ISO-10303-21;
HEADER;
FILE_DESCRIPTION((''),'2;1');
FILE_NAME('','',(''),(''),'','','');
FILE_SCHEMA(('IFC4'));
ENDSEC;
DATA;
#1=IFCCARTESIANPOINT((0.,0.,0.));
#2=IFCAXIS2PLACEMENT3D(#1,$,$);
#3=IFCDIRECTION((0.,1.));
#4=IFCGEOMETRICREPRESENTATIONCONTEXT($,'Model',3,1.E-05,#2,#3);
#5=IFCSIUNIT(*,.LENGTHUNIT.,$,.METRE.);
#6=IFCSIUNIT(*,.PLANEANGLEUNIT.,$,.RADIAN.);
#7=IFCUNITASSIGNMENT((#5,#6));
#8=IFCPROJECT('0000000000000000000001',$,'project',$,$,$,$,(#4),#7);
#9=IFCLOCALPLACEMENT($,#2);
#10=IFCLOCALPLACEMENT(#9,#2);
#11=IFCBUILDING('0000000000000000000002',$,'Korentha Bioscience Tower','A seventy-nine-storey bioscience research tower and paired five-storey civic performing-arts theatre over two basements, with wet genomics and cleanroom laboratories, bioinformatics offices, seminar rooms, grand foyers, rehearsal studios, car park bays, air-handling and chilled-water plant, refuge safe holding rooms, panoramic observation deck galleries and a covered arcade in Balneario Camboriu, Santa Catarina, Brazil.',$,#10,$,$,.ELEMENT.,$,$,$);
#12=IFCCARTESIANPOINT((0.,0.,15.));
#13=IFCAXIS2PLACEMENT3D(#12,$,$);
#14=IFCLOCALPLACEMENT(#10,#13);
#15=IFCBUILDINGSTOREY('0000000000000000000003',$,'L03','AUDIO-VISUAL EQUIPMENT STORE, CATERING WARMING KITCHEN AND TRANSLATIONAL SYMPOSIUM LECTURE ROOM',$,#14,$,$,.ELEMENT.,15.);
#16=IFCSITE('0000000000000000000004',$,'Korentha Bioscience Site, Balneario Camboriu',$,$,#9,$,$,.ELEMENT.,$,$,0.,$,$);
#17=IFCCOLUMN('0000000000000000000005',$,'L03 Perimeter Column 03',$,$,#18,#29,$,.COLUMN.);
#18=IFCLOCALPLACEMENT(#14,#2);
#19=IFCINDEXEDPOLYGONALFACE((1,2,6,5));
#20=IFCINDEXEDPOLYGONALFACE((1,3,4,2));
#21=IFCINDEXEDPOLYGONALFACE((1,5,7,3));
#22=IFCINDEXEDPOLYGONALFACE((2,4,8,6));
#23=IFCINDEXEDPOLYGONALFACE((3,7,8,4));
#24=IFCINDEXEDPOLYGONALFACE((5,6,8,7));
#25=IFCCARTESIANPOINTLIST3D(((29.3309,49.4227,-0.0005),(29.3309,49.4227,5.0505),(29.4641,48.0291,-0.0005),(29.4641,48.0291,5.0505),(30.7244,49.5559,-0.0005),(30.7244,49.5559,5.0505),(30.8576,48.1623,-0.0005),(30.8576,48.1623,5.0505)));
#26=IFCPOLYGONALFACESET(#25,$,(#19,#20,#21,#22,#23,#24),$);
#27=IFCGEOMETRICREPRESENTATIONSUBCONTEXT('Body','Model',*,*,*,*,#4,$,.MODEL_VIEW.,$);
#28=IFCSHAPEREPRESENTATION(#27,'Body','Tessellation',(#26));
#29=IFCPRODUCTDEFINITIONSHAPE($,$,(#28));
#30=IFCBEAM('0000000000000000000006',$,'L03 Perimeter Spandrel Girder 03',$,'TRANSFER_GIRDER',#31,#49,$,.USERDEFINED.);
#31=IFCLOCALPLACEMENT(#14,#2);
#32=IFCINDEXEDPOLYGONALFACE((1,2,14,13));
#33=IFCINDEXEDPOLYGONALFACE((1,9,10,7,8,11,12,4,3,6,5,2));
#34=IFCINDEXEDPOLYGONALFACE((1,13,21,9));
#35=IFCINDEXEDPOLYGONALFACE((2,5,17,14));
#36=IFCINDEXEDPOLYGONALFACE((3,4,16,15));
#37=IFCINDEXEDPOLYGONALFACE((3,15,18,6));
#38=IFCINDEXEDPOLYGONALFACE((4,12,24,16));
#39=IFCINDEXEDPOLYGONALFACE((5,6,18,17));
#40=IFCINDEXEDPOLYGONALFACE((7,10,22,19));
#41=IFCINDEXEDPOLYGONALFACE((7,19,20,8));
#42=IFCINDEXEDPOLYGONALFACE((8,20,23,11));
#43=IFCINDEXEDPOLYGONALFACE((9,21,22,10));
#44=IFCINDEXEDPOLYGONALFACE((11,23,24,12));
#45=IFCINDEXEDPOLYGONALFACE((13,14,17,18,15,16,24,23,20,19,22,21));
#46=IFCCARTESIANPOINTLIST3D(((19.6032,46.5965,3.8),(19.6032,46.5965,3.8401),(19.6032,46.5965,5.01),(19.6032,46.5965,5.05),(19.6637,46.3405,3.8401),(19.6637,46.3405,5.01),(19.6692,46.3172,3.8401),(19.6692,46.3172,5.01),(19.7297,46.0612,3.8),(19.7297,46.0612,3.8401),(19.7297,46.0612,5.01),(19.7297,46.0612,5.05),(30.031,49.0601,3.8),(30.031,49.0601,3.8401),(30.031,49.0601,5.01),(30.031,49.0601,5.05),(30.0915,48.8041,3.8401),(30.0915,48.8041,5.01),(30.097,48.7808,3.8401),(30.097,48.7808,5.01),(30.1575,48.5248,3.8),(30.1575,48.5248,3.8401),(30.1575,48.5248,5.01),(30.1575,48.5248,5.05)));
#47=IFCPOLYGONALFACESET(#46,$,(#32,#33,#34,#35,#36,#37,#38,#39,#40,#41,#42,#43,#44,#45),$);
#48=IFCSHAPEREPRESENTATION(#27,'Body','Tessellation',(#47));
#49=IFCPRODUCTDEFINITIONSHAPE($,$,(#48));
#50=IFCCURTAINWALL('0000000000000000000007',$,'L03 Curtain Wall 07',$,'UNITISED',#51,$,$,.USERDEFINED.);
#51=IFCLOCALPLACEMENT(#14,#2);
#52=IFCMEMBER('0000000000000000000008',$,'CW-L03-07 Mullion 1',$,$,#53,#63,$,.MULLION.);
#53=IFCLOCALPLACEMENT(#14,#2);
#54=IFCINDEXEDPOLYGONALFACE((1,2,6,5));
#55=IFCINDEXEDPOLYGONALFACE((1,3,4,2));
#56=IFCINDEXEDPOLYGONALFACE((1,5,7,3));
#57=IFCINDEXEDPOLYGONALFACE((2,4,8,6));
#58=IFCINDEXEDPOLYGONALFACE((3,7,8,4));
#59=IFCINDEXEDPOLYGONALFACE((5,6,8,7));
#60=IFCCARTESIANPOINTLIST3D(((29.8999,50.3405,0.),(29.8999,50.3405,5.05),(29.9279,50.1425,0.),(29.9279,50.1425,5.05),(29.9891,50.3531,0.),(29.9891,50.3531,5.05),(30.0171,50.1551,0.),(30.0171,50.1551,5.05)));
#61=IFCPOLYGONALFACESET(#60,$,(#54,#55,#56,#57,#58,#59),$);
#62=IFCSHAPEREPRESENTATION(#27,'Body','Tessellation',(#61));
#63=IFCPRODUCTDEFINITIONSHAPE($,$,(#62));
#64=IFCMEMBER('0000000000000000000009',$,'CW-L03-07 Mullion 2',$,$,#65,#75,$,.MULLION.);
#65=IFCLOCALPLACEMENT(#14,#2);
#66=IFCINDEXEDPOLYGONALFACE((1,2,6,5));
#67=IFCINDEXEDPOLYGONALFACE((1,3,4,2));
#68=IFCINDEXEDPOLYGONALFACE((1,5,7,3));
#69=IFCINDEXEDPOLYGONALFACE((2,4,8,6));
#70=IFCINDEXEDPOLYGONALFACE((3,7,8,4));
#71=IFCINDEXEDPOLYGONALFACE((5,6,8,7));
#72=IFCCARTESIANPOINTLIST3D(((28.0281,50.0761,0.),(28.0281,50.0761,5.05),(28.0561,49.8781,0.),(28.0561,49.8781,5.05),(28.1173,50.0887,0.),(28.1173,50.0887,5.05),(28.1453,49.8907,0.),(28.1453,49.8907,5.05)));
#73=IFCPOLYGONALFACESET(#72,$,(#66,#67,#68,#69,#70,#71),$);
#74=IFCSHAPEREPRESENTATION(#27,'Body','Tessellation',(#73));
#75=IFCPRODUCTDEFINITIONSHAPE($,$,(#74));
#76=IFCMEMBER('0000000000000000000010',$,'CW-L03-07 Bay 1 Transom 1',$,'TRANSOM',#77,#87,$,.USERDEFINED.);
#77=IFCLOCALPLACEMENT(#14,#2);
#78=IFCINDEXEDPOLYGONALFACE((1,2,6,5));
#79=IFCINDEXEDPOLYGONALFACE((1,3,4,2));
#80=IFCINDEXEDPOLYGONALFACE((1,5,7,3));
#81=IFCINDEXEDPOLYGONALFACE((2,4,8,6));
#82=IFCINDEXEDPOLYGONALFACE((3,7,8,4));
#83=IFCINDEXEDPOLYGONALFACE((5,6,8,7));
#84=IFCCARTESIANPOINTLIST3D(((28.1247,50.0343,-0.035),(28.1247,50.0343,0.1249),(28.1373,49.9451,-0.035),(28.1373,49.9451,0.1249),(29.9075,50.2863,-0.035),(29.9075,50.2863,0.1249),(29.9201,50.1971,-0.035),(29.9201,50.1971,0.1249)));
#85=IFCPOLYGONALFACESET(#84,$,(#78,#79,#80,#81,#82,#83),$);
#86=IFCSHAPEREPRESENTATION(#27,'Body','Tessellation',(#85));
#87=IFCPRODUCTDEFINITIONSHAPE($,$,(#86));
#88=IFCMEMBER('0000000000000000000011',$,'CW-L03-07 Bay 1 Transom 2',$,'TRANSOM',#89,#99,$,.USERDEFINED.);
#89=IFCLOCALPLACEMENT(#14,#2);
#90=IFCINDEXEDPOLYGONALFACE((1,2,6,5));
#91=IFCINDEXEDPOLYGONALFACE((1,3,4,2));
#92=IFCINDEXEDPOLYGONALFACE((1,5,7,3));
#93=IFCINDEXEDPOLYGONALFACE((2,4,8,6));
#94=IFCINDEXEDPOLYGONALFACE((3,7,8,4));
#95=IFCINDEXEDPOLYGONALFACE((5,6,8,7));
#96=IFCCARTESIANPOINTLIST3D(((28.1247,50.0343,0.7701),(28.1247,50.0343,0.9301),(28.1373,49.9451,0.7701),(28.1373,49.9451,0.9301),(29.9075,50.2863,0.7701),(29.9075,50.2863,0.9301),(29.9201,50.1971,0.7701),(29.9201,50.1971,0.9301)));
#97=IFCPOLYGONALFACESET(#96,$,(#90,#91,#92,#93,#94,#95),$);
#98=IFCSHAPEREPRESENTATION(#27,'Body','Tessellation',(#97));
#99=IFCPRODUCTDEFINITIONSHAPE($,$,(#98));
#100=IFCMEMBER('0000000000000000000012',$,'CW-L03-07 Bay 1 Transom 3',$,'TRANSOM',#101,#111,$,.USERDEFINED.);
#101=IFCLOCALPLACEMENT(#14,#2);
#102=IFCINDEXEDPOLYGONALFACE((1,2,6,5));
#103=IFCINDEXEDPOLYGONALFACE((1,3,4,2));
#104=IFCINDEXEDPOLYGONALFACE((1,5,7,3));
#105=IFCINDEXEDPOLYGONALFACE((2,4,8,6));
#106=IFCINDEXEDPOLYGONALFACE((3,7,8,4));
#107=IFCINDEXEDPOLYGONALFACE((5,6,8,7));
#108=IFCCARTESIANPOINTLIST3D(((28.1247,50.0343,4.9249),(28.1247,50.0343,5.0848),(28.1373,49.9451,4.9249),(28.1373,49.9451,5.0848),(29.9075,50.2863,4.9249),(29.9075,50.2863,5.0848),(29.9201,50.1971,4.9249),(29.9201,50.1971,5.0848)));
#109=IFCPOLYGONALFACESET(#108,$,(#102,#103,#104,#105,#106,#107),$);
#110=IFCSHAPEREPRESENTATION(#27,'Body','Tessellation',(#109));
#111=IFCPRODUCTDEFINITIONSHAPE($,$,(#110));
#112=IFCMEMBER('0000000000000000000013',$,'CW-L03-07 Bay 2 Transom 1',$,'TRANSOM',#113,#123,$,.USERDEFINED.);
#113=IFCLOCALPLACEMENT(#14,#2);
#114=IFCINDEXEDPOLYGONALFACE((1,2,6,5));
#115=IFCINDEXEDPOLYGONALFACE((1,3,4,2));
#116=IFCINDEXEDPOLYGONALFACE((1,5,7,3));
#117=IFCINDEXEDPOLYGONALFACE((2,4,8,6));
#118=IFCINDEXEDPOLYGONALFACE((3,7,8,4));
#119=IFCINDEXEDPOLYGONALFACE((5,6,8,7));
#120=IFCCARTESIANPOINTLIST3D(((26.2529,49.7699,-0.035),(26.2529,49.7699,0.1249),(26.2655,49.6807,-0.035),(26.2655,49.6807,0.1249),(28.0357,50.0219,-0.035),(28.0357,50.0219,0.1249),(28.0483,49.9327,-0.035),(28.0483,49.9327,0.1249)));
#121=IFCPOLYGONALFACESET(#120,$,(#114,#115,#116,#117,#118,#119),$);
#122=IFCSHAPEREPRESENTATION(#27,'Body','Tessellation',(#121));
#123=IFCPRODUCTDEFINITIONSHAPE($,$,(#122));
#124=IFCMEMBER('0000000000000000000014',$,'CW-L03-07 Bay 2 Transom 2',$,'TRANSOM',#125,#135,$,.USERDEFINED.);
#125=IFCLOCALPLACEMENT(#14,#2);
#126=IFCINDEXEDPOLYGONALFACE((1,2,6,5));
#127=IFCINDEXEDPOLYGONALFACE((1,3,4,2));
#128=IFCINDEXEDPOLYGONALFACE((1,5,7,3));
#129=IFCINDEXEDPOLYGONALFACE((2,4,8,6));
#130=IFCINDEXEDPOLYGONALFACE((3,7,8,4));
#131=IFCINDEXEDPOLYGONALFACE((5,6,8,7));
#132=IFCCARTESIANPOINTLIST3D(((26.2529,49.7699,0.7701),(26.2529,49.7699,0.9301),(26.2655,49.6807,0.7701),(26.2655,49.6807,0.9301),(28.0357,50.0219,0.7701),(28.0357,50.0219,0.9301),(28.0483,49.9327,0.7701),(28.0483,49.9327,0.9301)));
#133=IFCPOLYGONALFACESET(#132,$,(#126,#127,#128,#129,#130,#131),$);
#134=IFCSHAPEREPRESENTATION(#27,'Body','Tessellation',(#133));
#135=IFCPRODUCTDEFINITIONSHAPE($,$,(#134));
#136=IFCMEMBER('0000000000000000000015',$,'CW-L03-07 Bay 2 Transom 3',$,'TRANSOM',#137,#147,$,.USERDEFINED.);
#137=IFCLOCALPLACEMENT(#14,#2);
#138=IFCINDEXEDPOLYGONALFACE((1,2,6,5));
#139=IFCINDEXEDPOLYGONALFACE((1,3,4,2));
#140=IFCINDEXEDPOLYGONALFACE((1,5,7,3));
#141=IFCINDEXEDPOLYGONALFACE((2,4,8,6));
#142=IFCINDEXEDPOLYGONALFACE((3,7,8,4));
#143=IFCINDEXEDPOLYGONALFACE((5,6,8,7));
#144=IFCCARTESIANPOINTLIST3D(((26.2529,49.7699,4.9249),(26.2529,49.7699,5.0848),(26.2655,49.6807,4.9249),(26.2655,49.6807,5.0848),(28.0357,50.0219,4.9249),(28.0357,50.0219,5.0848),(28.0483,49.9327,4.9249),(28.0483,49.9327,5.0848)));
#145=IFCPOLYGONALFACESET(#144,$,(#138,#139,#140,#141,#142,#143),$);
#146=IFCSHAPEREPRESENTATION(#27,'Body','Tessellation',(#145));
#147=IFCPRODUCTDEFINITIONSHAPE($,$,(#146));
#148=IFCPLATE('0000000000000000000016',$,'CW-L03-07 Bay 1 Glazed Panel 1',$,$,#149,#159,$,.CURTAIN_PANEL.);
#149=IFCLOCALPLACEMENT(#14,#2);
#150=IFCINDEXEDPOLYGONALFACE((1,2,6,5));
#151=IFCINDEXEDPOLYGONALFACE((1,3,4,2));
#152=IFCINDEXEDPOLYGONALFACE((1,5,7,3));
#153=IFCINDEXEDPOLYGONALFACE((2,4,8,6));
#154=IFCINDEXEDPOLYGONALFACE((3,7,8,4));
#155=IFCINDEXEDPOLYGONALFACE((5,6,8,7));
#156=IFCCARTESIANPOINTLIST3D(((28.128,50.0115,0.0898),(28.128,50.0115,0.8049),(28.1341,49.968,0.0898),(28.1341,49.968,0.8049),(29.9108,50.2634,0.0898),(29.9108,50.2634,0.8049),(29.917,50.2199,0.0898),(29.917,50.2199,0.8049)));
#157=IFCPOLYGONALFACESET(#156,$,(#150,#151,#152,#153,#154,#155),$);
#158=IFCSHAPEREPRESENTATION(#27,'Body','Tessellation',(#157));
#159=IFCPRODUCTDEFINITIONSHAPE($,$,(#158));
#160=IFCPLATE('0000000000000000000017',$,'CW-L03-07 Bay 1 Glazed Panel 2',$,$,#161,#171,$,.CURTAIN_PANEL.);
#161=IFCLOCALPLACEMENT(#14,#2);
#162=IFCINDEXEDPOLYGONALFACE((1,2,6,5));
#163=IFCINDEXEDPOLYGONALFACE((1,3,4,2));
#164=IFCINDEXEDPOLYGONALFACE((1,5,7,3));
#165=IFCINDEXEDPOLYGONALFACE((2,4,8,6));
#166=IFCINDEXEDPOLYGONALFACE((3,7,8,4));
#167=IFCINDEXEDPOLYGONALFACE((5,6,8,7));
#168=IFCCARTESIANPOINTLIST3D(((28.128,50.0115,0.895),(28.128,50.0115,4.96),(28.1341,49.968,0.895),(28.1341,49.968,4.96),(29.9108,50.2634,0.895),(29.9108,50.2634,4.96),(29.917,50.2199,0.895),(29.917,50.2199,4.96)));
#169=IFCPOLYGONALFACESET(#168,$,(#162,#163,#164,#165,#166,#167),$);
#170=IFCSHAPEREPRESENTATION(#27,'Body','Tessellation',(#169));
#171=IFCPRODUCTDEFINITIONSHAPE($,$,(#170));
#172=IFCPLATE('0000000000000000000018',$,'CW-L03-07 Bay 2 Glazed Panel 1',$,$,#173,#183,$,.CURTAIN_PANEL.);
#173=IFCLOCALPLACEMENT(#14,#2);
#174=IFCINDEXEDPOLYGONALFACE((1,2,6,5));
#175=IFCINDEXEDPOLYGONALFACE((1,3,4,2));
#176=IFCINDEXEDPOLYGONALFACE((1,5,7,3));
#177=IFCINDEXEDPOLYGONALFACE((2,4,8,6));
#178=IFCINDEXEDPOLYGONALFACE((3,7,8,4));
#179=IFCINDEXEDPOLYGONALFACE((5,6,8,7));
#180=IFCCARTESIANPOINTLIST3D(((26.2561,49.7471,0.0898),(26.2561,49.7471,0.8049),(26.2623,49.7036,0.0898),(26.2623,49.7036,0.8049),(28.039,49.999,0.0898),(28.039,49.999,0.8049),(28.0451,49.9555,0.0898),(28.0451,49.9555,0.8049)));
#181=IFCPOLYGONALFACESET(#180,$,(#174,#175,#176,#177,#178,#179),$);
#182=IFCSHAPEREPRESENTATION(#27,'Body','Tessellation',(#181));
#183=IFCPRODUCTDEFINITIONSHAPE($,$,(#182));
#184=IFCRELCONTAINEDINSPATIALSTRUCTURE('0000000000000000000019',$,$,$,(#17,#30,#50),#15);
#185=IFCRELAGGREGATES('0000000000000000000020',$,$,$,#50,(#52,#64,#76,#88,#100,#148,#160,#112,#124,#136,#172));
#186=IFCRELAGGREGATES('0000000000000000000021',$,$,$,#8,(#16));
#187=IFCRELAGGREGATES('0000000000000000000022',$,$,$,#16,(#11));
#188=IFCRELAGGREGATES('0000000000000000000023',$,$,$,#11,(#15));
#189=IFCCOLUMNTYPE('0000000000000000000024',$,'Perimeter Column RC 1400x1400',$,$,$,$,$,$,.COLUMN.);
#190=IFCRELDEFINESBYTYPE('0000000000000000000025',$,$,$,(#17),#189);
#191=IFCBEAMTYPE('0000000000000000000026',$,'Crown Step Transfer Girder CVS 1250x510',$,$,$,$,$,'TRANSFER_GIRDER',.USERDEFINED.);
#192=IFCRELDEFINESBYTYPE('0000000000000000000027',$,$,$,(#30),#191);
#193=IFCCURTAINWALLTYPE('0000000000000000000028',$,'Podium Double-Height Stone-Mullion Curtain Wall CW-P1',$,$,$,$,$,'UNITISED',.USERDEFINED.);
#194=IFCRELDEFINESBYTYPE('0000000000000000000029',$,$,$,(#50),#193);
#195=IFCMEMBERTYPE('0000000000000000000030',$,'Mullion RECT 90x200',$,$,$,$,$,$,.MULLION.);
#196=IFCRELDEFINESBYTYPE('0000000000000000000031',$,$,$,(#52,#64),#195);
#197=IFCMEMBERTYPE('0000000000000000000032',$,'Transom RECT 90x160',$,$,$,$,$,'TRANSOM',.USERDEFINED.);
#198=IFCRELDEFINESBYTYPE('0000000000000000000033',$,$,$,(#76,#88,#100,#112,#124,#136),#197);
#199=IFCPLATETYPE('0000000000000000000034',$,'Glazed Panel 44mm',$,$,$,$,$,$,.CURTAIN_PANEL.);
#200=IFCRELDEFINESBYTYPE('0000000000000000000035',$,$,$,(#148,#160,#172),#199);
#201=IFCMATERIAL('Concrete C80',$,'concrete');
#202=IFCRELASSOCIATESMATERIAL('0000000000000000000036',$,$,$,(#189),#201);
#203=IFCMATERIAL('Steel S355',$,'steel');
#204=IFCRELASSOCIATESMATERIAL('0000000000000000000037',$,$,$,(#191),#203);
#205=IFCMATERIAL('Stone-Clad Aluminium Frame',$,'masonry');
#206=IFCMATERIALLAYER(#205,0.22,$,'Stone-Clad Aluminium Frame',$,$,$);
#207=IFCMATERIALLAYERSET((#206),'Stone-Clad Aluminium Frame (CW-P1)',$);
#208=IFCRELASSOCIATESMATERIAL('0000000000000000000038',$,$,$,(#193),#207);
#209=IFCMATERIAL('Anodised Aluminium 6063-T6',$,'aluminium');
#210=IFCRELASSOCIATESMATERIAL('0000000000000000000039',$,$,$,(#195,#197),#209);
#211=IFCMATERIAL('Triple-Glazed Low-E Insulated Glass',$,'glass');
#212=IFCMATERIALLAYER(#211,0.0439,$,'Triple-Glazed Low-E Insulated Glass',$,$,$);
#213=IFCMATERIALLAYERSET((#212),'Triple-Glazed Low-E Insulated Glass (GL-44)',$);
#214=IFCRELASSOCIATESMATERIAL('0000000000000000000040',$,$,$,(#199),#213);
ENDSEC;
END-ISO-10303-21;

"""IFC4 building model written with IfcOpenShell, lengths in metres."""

from ifc_helpers import new_model, si_unit, direction, frame, origin, origin_2d, place, context, subcontext, project, spatial, rectangle, i_section, extrude, material, layer, layer_set, material_profile, profile_set, type_object, element, aggregate, save


model = new_model("IFC4")

# Units and contexts
model_context = context("Model", 3, precision=1e-05, world=origin(), true_north=direction((0.0, 1.0)))
body_context = subcontext(model_context, "Body", "Model", "MODEL_VIEW")
ifc_project = project(units=[si_unit("LENGTHUNIT", "METRE"), si_unit("PLANEANGLEUNIT", "RADIAN")], contexts=[model_context])

# Site, building, storey
site_placement = place(None, origin())
site = spatial("IfcSite", under=ifc_project, at=site_placement, Name="Korentha Bioscience Site, Balneario Camboriu", CompositionType="ELEMENT", RefElevation=0.0)
building_placement = place(site_placement, origin())
building = spatial("IfcBuilding", under=site, at=building_placement, Name="Korentha Bioscience Tower", Description="A seventy-nine-storey bioscience research tower and paired five-storey civic performing-arts theatre over two basements, with wet genomics and cleanroom laboratories, bioinformatics offices, seminar rooms, grand foyers, rehearsal studios, car park bays, air-handling and chilled-water plant, refuge safe holding rooms, panoramic observation deck galleries and a covered arcade in Balneario Camboriu, Santa Catarina, Brazil.", CompositionType="ELEMENT")
storey_placement = place(building_placement, frame((0.0, 0.0, 15.0)))
storey = spatial("IfcBuildingStorey", under=building, at=storey_placement, Name="L03", Description="AUDIO-VISUAL EQUIPMENT STORE, CATERING WARMING KITCHEN AND TRANSLATIONAL SYMPOSIUM LECTURE ROOM", CompositionType="ELEMENT", Elevation=15.0)

# Column
ifc_material_1 = material(Name="Concrete C80", Category="concrete")
ifc_material_profile_1 = material_profile(ifc_material_1, rectangle(XDim=1.3999, YDim=1.3999, at=origin_2d()), Name="Concrete C80")
ifc_profile_set_1 = profile_set([ifc_material_profile_1], Name="Concrete C80 (COL-P14)")
column_type = type_object("IfcColumnType", Name="Perimeter Column RC 1400x1400", PredefinedType="COLUMN", material=ifc_profile_set_1)
column_placement = place(storey_placement, frame((30.0942, 48.7925, -0.0005), z_axis=(0.0, 0.0, 1.0), x_axis=(0.995463, 0.095151, 0.0)))
element("IfcColumn", 1, at=column_placement, inside=storey, type_object=column_type, Name="L03 Perimeter Column 03", PredefinedType="COLUMN", context=body_context, shape_type="SweptSolid", body=[
    extrude(rectangle(XDim=1.3999, YDim=1.3999, at=origin_2d()), origin(), (0.0, 0.0, 1.0), 5.051),
])

# Beam
ifc_material_2 = material(Name="Steel S355", Category="steel")
ifc_material_profile_2 = material_profile(ifc_material_2, i_section(OverallWidth=0.55, OverallDepth=1.25, WebThickness=0.0239, FlangeThickness=0.04, at=origin_2d()), Name="Steel S355")
ifc_profile_set_2 = profile_set([ifc_material_profile_2], Name="Steel S355 (TG-03)")
beam_type = type_object("IfcBeamType", Name="Crown Step Transfer Girder CVS 1250x510", ElementType="TRANSFER_GIRDER", PredefinedType="USERDEFINED", material=ifc_profile_set_2)
beam_placement = place(storey_placement, frame((30.0942, 48.7925, 4.425), z_axis=(-0.973208, -0.229927, 0.0), x_axis=(0.229927, -0.973208, 0.0)))
element("IfcBeam", 2, at=beam_placement, inside=storey, type_object=beam_type, Name="L03 Perimeter Spandrel Girder 03", ObjectType="TRANSFER_GIRDER", PredefinedType="USERDEFINED", context=body_context, shape_type="SweptSolid", body=[
    extrude(i_section(OverallWidth=0.55, OverallDepth=1.25, WebThickness=0.0239, FlangeThickness=0.04, at=origin_2d()), origin(), (0.0, 0.0, 1.0), 10.7148),
])

# Curtain wall, members, plates
ifc_material_3 = material(Name="Stone-Clad Aluminium Frame", Category="masonry")
ifc_layer_1 = layer(ifc_material_3, 0.22, Name="Stone-Clad Aluminium Frame")
ifc_layer_set_1 = layer_set([ifc_layer_1], Name="Stone-Clad Aluminium Frame (CW-P1)")
curtain_wall_type = type_object("IfcCurtainWallType", Name="Podium Double-Height Stone-Mullion Curtain Wall CW-P1", ElementType="UNITISED", PredefinedType="USERDEFINED", material=ifc_layer_set_1)
curtain_wall_placement = place(storey_placement, origin())
curtain_wall = element("IfcCurtainWall", 3, at=curtain_wall_placement, inside=storey, type_object=curtain_wall_type, Name="L03 Curtain Wall 07", ObjectType="UNITISED", PredefinedType="USERDEFINED")
ifc_material_4 = material(Name="Anodised Aluminium 6063-T6", Category="aluminium")
ifc_material_profile_3 = material_profile(ifc_material_4, rectangle(XDim=0.0901, YDim=0.2, at=origin_2d()), Name="Anodised Aluminium 6063-T6")
ifc_profile_set_3 = profile_set([ifc_material_profile_3], Name="Anodised Aluminium 6063-T6 (CW-MUL)")
member_type_1 = type_object("IfcMemberType", Name="Mullion RECT 90x200", PredefinedType="MULLION", material=ifc_profile_set_3)
member_1_placement = place(storey_placement, frame((29.9585, 50.2478, 0.0), z_axis=(0.0, 0.0, 1.0), x_axis=(-0.990167, -0.139888, 0.0)))
member_1 = element("IfcMember", 4, at=member_1_placement, type_object=member_type_1, Name="CW-L03-07 Mullion 1", PredefinedType="MULLION", context=body_context, shape_type="SweptSolid", body=[
    extrude(rectangle(XDim=0.0901, YDim=0.2, at=origin_2d()), origin(), (0.0, 0.0, 1.0), 5.05),
])
member_2_placement = place(storey_placement, frame((28.0867, 49.9834, 0.0), z_axis=(0.0, 0.0, 1.0), x_axis=(-0.990167, -0.139888, 0.0)))
member_2 = element("IfcMember", 5, at=member_2_placement, type_object=member_type_1, Name="CW-L03-07 Mullion 2", PredefinedType="MULLION", context=body_context, shape_type="SweptSolid", body=[
    extrude(rectangle(XDim=0.0901, YDim=0.2, at=origin_2d()), origin(), (0.0, 0.0, 1.0), 5.05),
])
ifc_material_profile_4 = material_profile(ifc_material_4, rectangle(XDim=0.0901, YDim=0.1599, at=origin_2d()), Name="Anodised Aluminium 6063-T6")
ifc_profile_set_4 = profile_set([ifc_material_profile_4], Name="Anodised Aluminium 6063-T6 (CW-TRN)")
member_type_2 = type_object("IfcMemberType", Name="Transom RECT 90x160", ElementType="TRANSOM", PredefinedType="USERDEFINED", material=ifc_profile_set_4)
member_3_placement = place(storey_placement, frame((29.9138, 50.2417, 0.0449), z_axis=(-0.99016, -0.13994, 0.0), x_axis=(0.13994, -0.99016, 0.0)))
member_3 = element("IfcMember", 6, at=member_3_placement, type_object=member_type_2, Name="CW-L03-07 Bay 1 Transom 1", ObjectType="TRANSOM", PredefinedType="USERDEFINED", context=body_context, shape_type="SweptSolid", body=[
    extrude(rectangle(XDim=0.0901, YDim=0.1599, at=origin_2d()), origin(), (0.0, 0.0, 1.0), 1.8005),
])
member_4_placement = place(storey_placement, frame((29.9138, 50.2417, 0.8501), z_axis=(-0.99016, -0.13994, 0.0), x_axis=(0.13994, -0.99016, 0.0)))
member_4 = element("IfcMember", 7, at=member_4_placement, type_object=member_type_2, Name="CW-L03-07 Bay 1 Transom 2", ObjectType="TRANSOM", PredefinedType="USERDEFINED", context=body_context, shape_type="SweptSolid", body=[
    extrude(rectangle(XDim=0.0901, YDim=0.1599, at=origin_2d()), origin(), (0.0, 0.0, 1.0), 1.8005),
])
member_5_placement = place(storey_placement, frame((29.9138, 50.2417, 5.0049), z_axis=(-0.99016, -0.13994, 0.0), x_axis=(0.13994, -0.99016, 0.0)))
member_5 = element("IfcMember", 8, at=member_5_placement, type_object=member_type_2, Name="CW-L03-07 Bay 1 Transom 3", ObjectType="TRANSOM", PredefinedType="USERDEFINED", context=body_context, shape_type="SweptSolid", body=[
    extrude(rectangle(XDim=0.0901, YDim=0.1599, at=origin_2d()), origin(), (0.0, 0.0, 1.0), 1.8005),
])
member_6_placement = place(storey_placement, frame((28.042, 49.9773, 0.0449), z_axis=(-0.99016, -0.13994, 0.0), x_axis=(0.13994, -0.99016, 0.0)))
member_6 = element("IfcMember", 9, at=member_6_placement, type_object=member_type_2, Name="CW-L03-07 Bay 2 Transom 1", ObjectType="TRANSOM", PredefinedType="USERDEFINED", context=body_context, shape_type="SweptSolid", body=[
    extrude(rectangle(XDim=0.0901, YDim=0.1599, at=origin_2d()), origin(), (0.0, 0.0, 1.0), 1.8005),
])
member_7_placement = place(storey_placement, frame((28.042, 49.9773, 0.8501), z_axis=(-0.99016, -0.13994, 0.0), x_axis=(0.13994, -0.99016, 0.0)))
member_7 = element("IfcMember", 10, at=member_7_placement, type_object=member_type_2, Name="CW-L03-07 Bay 2 Transom 2", ObjectType="TRANSOM", PredefinedType="USERDEFINED", context=body_context, shape_type="SweptSolid", body=[
    extrude(rectangle(XDim=0.0901, YDim=0.1599, at=origin_2d()), origin(), (0.0, 0.0, 1.0), 1.8005),
])
member_8_placement = place(storey_placement, frame((28.042, 49.9773, 5.0049), z_axis=(-0.99016, -0.13994, 0.0), x_axis=(0.13994, -0.99016, 0.0)))
member_8 = element("IfcMember", 11, at=member_8_placement, type_object=member_type_2, Name="CW-L03-07 Bay 2 Transom 3", ObjectType="TRANSOM", PredefinedType="USERDEFINED", context=body_context, shape_type="SweptSolid", body=[
    extrude(rectangle(XDim=0.0901, YDim=0.1599, at=origin_2d()), origin(), (0.0, 0.0, 1.0), 1.8005),
])
ifc_material_5 = material(Name="Triple-Glazed Low-E Insulated Glass", Category="glass")
ifc_layer_2 = layer(ifc_material_5, 0.0439, Name="Triple-Glazed Low-E Insulated Glass")
ifc_layer_set_2 = layer_set([ifc_layer_2], Name="Triple-Glazed Low-E Insulated Glass (GL-44)")
plate_type = type_object("IfcPlateType", Name="Glazed Panel 44mm", PredefinedType="CURTAIN_PANEL", material=ifc_layer_set_2)
plate_1_placement = place(storey_placement, frame((29.0225, 50.1157, 0.0898), z_axis=(0.0, 0.0, 1.0), x_axis=(-0.990167, -0.139888, 0.0)))
plate_1 = element("IfcPlate", 12, at=plate_1_placement, type_object=plate_type, Name="CW-L03-07 Bay 1 Glazed Panel 1", PredefinedType="CURTAIN_PANEL", context=body_context, shape_type="SweptSolid", body=[
    extrude(rectangle(XDim=1.8005, YDim=0.0439, at=origin_2d()), origin(), (0.0, 0.0, 1.0), 0.7151),
])
plate_2_placement = place(storey_placement, frame((29.0225, 50.1157, 0.895), z_axis=(0.0, 0.0, 1.0), x_axis=(-0.990167, -0.139888, 0.0)))
plate_2 = element("IfcPlate", 13, at=plate_2_placement, type_object=plate_type, Name="CW-L03-07 Bay 1 Glazed Panel 2", PredefinedType="CURTAIN_PANEL", context=body_context, shape_type="SweptSolid", body=[
    extrude(rectangle(XDim=1.8005, YDim=0.0439, at=origin_2d()), origin(), (0.0, 0.0, 1.0), 4.0649),
])
plate_3_placement = place(storey_placement, frame((27.1506, 49.8513, 0.0898), z_axis=(0.0, 0.0, 1.0), x_axis=(-0.990167, -0.139888, 0.0)))
plate_3 = element("IfcPlate", 14, at=plate_3_placement, type_object=plate_type, Name="CW-L03-07 Bay 2 Glazed Panel 1", PredefinedType="CURTAIN_PANEL", context=body_context, shape_type="SweptSolid", body=[
    extrude(rectangle(XDim=1.8005, YDim=0.0439, at=origin_2d()), origin(), (0.0, 0.0, 1.0), 0.7151),
])
aggregate(curtain_wall, [member_1, member_2, member_3, member_4, member_5, plate_1, plate_2, member_6, member_7, member_8, plate_3])

save(model, "model.ifc")
